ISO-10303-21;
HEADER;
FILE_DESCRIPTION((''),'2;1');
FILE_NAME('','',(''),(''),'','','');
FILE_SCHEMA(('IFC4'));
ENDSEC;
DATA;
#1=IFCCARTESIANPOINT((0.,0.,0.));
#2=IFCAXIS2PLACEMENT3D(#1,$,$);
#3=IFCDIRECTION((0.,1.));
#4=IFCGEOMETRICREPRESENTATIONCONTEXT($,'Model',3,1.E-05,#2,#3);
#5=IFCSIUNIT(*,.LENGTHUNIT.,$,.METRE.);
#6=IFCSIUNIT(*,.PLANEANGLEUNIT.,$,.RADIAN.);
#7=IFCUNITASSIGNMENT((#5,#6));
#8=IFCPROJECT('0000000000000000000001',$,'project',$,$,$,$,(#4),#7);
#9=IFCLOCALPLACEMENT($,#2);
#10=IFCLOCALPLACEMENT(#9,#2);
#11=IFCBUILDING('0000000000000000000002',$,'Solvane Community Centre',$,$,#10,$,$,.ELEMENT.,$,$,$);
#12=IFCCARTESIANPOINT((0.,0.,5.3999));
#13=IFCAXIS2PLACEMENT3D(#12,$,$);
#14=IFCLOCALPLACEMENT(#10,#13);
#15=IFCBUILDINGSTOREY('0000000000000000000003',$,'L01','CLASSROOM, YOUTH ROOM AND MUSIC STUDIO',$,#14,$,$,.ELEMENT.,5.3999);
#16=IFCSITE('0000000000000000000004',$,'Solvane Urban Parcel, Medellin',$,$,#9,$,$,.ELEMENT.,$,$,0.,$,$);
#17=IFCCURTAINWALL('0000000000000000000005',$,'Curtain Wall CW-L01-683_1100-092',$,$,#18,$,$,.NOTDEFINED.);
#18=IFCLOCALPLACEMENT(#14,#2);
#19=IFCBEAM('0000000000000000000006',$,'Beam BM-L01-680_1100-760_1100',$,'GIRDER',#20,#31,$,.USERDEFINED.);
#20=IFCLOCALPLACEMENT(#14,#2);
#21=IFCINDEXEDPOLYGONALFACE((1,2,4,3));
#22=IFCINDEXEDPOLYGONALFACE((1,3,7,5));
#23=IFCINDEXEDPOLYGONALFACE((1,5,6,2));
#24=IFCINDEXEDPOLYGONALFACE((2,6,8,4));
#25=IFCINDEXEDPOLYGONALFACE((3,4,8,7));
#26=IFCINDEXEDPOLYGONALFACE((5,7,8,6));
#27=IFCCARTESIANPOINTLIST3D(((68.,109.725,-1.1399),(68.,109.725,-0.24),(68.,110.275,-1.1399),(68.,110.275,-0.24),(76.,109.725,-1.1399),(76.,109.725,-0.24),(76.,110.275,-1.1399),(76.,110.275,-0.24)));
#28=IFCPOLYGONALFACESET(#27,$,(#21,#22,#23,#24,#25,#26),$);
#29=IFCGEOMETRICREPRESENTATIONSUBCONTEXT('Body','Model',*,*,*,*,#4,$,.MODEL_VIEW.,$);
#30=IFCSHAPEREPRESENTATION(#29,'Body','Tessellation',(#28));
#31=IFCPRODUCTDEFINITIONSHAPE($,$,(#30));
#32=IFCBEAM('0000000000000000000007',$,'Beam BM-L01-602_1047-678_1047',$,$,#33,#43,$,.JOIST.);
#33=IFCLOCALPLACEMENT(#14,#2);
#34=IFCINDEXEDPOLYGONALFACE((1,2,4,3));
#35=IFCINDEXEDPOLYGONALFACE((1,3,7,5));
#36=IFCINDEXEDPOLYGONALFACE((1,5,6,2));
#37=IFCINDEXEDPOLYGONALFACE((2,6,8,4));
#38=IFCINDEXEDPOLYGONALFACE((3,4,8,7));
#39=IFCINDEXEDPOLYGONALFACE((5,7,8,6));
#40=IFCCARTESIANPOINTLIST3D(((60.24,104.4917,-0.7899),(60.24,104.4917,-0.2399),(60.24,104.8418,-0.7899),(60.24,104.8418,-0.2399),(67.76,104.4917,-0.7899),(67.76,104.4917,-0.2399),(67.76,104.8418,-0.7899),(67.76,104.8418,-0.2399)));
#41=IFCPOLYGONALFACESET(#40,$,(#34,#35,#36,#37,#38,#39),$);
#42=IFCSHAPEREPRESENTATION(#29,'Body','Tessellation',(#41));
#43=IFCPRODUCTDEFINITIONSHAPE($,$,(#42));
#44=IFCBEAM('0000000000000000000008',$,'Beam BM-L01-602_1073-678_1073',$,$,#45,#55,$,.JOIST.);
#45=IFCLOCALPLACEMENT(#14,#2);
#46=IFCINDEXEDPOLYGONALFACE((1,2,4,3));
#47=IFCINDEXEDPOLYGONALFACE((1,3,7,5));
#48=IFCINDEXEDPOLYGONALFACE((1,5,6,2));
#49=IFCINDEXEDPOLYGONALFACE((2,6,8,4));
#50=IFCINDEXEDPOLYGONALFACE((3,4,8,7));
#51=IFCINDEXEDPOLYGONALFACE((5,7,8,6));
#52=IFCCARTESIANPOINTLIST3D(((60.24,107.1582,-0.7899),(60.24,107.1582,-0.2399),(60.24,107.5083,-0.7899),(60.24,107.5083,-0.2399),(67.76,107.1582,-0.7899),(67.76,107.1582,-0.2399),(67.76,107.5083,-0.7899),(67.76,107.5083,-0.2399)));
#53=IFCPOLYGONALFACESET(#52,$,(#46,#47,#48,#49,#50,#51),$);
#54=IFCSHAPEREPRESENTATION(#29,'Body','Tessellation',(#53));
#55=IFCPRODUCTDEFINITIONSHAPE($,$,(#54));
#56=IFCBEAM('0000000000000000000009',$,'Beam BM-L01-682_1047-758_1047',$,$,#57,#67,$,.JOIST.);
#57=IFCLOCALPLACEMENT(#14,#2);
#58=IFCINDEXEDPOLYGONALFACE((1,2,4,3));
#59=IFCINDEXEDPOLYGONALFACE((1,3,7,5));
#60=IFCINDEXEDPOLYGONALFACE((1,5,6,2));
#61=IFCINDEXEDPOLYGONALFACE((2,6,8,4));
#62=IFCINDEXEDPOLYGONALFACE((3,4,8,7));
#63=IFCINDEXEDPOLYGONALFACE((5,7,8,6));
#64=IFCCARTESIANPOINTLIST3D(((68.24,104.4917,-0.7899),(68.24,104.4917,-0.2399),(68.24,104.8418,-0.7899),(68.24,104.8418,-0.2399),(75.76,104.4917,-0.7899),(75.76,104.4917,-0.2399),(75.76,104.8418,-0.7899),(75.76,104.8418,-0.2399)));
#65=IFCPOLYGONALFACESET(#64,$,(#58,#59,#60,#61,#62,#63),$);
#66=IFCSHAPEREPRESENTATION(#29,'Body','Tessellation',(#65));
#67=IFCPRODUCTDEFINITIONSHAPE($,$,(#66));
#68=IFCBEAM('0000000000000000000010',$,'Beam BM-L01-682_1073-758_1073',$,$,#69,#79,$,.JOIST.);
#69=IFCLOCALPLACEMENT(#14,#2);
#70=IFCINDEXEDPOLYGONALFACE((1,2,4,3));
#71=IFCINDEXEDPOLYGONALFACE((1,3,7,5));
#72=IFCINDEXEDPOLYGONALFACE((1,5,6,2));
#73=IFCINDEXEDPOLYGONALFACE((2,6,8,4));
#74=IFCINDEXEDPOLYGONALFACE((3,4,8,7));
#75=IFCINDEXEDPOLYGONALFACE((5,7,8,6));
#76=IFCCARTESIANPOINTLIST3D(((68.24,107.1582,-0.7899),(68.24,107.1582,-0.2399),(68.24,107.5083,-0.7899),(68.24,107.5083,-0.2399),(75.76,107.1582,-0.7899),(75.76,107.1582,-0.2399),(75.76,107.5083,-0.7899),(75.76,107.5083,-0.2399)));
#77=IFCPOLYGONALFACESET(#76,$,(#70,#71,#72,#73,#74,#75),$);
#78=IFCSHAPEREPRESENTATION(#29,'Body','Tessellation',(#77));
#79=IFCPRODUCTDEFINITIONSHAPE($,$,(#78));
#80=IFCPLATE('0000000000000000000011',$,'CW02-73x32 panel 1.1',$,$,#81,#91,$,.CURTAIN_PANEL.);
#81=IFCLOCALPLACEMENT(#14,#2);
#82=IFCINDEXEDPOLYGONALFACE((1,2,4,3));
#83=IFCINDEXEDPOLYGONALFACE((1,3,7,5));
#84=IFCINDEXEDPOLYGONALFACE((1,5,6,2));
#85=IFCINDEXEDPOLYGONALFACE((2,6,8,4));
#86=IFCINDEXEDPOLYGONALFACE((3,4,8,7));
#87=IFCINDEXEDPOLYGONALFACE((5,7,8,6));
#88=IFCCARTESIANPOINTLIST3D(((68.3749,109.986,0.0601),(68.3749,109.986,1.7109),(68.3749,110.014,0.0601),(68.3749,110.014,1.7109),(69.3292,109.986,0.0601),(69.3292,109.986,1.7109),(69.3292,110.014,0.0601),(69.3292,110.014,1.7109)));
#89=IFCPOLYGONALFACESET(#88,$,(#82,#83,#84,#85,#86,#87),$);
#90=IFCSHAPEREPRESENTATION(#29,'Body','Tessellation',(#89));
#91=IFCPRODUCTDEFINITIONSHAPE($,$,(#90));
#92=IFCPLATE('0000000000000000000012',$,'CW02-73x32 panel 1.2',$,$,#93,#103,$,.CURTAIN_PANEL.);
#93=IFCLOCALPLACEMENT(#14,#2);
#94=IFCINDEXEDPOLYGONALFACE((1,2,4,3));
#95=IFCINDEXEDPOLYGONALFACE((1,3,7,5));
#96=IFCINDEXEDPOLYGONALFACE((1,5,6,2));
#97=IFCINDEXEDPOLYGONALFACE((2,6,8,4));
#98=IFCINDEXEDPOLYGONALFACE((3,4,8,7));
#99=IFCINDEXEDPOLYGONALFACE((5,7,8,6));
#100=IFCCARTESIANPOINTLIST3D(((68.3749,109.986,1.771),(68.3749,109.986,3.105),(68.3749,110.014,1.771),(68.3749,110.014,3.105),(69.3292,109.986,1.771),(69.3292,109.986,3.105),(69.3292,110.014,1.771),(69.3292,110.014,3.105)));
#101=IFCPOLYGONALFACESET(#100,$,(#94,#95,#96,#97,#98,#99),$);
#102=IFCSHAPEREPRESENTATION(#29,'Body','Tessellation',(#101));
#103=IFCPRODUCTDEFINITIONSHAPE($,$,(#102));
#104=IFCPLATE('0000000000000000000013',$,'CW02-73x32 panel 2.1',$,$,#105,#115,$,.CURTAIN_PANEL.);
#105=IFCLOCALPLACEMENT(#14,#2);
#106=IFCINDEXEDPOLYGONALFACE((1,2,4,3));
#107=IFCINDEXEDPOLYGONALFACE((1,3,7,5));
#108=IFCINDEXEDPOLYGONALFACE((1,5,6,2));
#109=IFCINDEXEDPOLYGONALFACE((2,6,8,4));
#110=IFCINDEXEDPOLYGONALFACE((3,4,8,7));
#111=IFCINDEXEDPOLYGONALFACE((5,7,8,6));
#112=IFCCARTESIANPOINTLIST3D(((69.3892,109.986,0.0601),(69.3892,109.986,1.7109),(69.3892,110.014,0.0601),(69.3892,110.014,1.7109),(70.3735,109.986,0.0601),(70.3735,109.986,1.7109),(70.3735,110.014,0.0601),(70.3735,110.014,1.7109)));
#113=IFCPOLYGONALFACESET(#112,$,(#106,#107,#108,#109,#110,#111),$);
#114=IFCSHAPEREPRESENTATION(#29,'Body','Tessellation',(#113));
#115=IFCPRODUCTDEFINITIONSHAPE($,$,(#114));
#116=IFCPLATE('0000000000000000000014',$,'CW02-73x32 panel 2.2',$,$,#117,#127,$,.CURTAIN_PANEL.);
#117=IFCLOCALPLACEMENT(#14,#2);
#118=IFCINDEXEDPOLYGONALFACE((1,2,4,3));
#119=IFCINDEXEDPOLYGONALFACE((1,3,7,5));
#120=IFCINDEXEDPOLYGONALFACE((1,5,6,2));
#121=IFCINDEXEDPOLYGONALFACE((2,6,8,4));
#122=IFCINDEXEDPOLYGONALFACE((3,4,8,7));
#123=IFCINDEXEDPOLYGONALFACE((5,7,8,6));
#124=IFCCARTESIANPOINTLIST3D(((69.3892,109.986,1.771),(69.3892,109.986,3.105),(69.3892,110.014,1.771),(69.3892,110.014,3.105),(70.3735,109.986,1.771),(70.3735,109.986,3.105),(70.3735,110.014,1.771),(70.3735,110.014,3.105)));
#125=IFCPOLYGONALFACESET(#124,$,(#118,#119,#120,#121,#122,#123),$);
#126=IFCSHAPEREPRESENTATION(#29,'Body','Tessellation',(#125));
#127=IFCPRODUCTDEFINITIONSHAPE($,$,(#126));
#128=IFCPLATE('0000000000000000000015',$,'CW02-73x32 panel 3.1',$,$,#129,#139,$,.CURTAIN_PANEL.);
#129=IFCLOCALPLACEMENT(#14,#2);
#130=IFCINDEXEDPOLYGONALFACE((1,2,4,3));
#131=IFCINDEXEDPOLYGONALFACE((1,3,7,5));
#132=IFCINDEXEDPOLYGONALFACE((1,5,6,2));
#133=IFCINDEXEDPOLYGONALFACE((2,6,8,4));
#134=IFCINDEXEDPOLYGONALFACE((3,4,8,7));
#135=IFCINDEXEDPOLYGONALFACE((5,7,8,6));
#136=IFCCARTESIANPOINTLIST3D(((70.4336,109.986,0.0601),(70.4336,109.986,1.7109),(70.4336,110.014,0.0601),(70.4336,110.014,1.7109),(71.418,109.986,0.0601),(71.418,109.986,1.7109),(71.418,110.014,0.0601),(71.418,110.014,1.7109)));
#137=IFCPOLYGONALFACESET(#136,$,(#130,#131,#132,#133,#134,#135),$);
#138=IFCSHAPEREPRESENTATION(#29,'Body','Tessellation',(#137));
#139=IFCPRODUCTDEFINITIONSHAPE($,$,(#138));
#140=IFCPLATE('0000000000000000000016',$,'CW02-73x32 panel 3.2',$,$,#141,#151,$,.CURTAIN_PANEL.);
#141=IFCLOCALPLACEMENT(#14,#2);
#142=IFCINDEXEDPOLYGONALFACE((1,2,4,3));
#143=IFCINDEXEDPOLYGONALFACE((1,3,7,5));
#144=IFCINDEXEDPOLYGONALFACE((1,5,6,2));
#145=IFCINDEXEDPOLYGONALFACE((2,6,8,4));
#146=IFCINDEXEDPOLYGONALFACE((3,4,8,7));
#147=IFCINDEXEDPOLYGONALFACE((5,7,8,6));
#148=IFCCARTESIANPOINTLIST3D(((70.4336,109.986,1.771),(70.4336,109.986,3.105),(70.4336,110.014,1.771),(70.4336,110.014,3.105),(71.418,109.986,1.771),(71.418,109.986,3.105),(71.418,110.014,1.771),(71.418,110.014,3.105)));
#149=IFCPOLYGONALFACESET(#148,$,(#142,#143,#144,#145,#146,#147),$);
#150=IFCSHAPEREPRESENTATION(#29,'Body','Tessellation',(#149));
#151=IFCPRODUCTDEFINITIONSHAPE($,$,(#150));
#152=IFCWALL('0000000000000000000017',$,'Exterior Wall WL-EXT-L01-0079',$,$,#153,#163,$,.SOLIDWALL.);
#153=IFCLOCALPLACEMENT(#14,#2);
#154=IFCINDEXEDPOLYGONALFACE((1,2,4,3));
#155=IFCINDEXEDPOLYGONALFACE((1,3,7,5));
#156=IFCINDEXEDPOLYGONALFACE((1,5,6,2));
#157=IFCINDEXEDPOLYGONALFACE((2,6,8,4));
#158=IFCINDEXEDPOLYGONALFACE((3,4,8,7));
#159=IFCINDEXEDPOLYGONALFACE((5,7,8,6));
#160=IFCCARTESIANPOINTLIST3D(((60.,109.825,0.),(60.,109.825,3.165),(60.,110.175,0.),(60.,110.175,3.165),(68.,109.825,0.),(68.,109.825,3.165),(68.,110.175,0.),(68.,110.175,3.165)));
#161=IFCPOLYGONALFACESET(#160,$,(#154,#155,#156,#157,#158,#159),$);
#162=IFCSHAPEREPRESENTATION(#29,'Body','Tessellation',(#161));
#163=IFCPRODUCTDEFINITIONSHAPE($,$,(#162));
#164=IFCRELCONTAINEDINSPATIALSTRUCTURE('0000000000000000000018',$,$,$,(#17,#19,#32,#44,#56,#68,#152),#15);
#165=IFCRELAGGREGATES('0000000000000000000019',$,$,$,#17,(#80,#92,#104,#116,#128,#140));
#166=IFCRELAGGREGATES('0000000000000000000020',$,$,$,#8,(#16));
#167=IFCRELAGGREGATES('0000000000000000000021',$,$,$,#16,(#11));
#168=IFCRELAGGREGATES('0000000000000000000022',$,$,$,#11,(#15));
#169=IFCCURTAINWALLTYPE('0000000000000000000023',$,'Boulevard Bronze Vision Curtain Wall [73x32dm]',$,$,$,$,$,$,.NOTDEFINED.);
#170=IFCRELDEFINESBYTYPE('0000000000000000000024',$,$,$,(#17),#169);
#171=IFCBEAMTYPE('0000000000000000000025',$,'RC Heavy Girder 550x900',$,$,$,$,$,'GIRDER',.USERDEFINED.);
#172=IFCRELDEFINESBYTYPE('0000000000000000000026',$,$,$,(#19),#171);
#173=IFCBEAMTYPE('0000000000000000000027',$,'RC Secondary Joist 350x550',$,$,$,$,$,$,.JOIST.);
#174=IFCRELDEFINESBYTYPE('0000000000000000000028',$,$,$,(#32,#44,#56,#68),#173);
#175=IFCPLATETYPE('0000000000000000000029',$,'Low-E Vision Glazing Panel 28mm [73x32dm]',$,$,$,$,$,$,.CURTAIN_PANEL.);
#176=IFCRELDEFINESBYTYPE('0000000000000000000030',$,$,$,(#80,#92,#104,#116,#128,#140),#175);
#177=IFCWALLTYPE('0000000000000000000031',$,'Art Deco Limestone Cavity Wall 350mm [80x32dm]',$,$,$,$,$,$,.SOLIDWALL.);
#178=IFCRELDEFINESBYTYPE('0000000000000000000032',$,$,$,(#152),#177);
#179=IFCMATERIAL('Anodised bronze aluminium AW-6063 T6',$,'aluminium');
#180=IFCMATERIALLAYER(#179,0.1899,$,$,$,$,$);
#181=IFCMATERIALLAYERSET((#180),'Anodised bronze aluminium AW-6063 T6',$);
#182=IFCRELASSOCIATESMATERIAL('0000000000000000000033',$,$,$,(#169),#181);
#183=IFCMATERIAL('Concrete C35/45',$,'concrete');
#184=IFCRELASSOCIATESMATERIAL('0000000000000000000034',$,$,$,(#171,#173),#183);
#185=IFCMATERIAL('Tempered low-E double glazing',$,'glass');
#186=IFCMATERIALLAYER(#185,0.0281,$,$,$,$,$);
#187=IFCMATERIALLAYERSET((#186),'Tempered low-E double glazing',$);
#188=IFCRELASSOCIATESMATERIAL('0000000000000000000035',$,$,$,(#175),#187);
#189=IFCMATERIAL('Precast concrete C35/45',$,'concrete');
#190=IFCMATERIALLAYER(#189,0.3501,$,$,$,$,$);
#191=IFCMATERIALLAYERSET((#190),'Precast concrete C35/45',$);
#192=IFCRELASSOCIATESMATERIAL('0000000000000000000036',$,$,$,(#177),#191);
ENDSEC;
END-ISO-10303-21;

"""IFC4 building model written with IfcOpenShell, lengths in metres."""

from ifc_helpers import new_model, si_unit, direction, frame, frame_2d, origin, origin_2d, place, context, subcontext, project, spatial, rectangle, extrude, material, layer, layer_set, material_profile, profile_set, type_object, element, aggregate, save


model = new_model("IFC4")

# Units and contexts
model_context = context("Model", 3, precision=1e-05, world=origin(), true_north=direction((0.0, 1.0)))
body_context = subcontext(model_context, "Body", "Model", "MODEL_VIEW")
ifc_project = project(units=[si_unit("LENGTHUNIT", "METRE"), si_unit("PLANEANGLEUNIT", "RADIAN")], contexts=[model_context])

# Site, building, storey
site_placement = place(None, origin())
site = spatial("IfcSite", under=ifc_project, at=site_placement, Name="Solvane Urban Parcel, Medellin", CompositionType="ELEMENT", RefElevation=0.0)
building_placement = place(site_placement, origin())
building = spatial("IfcBuilding", under=site, at=building_placement, Name="Solvane Community Centre", CompositionType="ELEMENT")
storey_placement = place(building_placement, frame((0.0, 0.0, 5.3999)))
storey = spatial("IfcBuildingStorey", under=building, at=storey_placement, Name="L01", Description="CLASSROOM, YOUTH ROOM AND MUSIC STUDIO", CompositionType="ELEMENT", Elevation=5.3999)

# Shared definitions
ifc_material_1 = material(Name="Concrete C35/45", Category="concrete")

# Curtain wall
ifc_material_2 = material(Name="Anodised bronze aluminium AW-6063 T6", Category="aluminium")
ifc_layer_1 = layer(ifc_material_2, 0.1899)
ifc_layer_set_1 = layer_set([ifc_layer_1], Name="Anodised bronze aluminium AW-6063 T6")
curtain_wall_type = type_object("IfcCurtainWallType", Name="Boulevard Bronze Vision Curtain Wall [73x32dm]", PredefinedType="NOTDEFINED", material=ifc_layer_set_1)
curtain_wall_placement = place(storey_placement, origin())
curtain_wall = element("IfcCurtainWall", 1, at=curtain_wall_placement, inside=storey, type_object=curtain_wall_type, Name="Curtain Wall CW-L01-683_1100-092", PredefinedType="NOTDEFINED")

# Beams
ifc_material_profile_1 = material_profile(ifc_material_1, rectangle(XDim=0.55, YDim=0.8999, at=origin_2d()), Name="RC 550x900")
ifc_profile_set_1 = profile_set([ifc_material_profile_1], Name="Concrete C35/45")
beam_type_1 = type_object("IfcBeamType", Name="RC Heavy Girder 550x900", ElementType="GIRDER", PredefinedType="USERDEFINED", material=ifc_profile_set_1)
beam_placement = place(storey_placement, frame((68.0, 110.0, -0.6899), z_axis=(1.0, 0.0, 0.0), x_axis=(0.0, 1.0, 0.0)))
element("IfcBeam", 2, at=beam_placement, inside=storey, type_object=beam_type_1, Name="Beam BM-L01-680_1100-760_1100", ObjectType="GIRDER", PredefinedType="USERDEFINED", context=body_context, shape_type="SweptSolid", body=[
    extrude(rectangle(XDim=0.55, YDim=0.8999, at=origin_2d()), origin(), (0.0, 0.0, 1.0), 8.0),
])
ifc_material_profile_2 = material_profile(ifc_material_1, rectangle(XDim=0.3501, YDim=0.55, at=origin_2d()), Name="RC 350x550")
ifc_profile_set_2 = profile_set([ifc_material_profile_2], Name="Concrete C35/45")
beam_type_2 = type_object("IfcBeamType", Name="RC Secondary Joist 350x550", PredefinedType="JOIST", material=ifc_profile_set_2)
for number, where, z_axis, x_axis, name in (
    (3, (60.24, 104.6667, -0.5149), (1.0, 0.0, 0.0), (0.0, 1.0, 0.0), "Beam BM-L01-602_1047-678_1047"),
    (4, (60.24, 107.3333, -0.5149), (1.0, 0.0, 0.0), (0.0, 1.0, 0.0), "Beam BM-L01-602_1073-678_1073"),
    (5, (68.24, 104.6667, -0.5149), (1.0, 0.0, 0.0), (0.0, 1.0, 0.0), "Beam BM-L01-682_1047-758_1047"),
    (6, (68.24, 107.3333, -0.5149), (1.0, 0.0, 0.0), (0.0, 1.0, 0.0), "Beam BM-L01-682_1073-758_1073"),
):
    element("IfcBeam", number, at=place(storey_placement, frame(where, z_axis=z_axis, x_axis=x_axis)), inside=storey, type_object=beam_type_2, Name=name, PredefinedType="JOIST", context=body_context, shape_type="SweptSolid", body=[
        extrude(rectangle(XDim=0.3501, YDim=0.55, at=origin_2d()), origin(), (0.0, 0.0, 1.0), 7.52),
    ])

# Plates
ifc_material_3 = material(Name="Tempered low-E double glazing", Category="glass")
ifc_layer_2 = layer(ifc_material_3, 0.0281)
ifc_layer_set_2 = layer_set([ifc_layer_2], Name="Tempered low-E double glazing")
plate_type = type_object("IfcPlateType", Name="Low-E Vision Glazing Panel 28mm [73x32dm]", PredefinedType="CURTAIN_PANEL", material=ifc_layer_set_2)
plate_1_placement = place(storey_placement, frame((68.8521, 110.0, 0.0601), z_axis=(0.0, 0.0, 1.0), x_axis=(1.0, 0.0, 0.0)))
plate_1 = element("IfcPlate", 7, at=plate_1_placement, type_object=plate_type, Name="CW02-73x32 panel 1.1", PredefinedType="CURTAIN_PANEL", context=body_context, shape_type="SweptSolid", body=[
    extrude(rectangle(XDim=0.9543, YDim=0.0281, at=origin_2d()), origin(), (0.0, 0.0, 1.0), 1.6509),
])
plate_2_placement = place(storey_placement, frame((68.8521, 110.0, 1.771), z_axis=(0.0, 0.0, 1.0), x_axis=(1.0, 0.0, 0.0)))
plate_2 = element("IfcPlate", 8, at=plate_2_placement, type_object=plate_type, Name="CW02-73x32 panel 1.2", PredefinedType="CURTAIN_PANEL", context=body_context, shape_type="SweptSolid", body=[
    extrude(rectangle(XDim=0.9543, YDim=0.0281, at=origin_2d()), origin(), (0.0, 0.0, 1.0), 1.334),
])
plate_3_placement = place(storey_placement, frame((69.8813, 110.0, 0.0601), z_axis=(0.0, 0.0, 1.0), x_axis=(1.0, 0.0, 0.0)))
plate_3 = element("IfcPlate", 9, at=plate_3_placement, type_object=plate_type, Name="CW02-73x32 panel 2.1", PredefinedType="CURTAIN_PANEL", context=body_context, shape_type="SweptSolid", body=[
    extrude(rectangle(XDim=0.9844, YDim=0.0281, at=origin_2d()), origin(), (0.0, 0.0, 1.0), 1.6509),
])
plate_4_placement = place(storey_placement, frame((69.8813, 110.0, 1.771), z_axis=(0.0, 0.0, 1.0), x_axis=(1.0, 0.0, 0.0)))
plate_4 = element("IfcPlate", 10, at=plate_4_placement, type_object=plate_type, Name="CW02-73x32 panel 2.2", PredefinedType="CURTAIN_PANEL", context=body_context, shape_type="SweptSolid", body=[
    extrude(rectangle(XDim=0.9844, YDim=0.0281, at=origin_2d()), origin(), (0.0, 0.0, 1.0), 1.334),
])
plate_5_placement = place(storey_placement, frame((70.9258, 110.0, 0.0601), z_axis=(0.0, 0.0, 1.0), x_axis=(1.0, 0.0, 0.0)))
plate_5 = element("IfcPlate", 11, at=plate_5_placement, type_object=plate_type, Name="CW02-73x32 panel 3.1", PredefinedType="CURTAIN_PANEL", context=body_context, shape_type="SweptSolid", body=[
    extrude(rectangle(XDim=0.9844, YDim=0.0281, at=origin_2d()), origin(), (0.0, 0.0, 1.0), 1.6509),
])
plate_6_placement = place(storey_placement, frame((70.9258, 110.0, 1.771), z_axis=(0.0, 0.0, 1.0), x_axis=(1.0, 0.0, 0.0)))
plate_6 = element("IfcPlate", 12, at=plate_6_placement, type_object=plate_type, Name="CW02-73x32 panel 3.2", PredefinedType="CURTAIN_PANEL", context=body_context, shape_type="SweptSolid", body=[
    extrude(rectangle(XDim=0.9844, YDim=0.0281, at=origin_2d()), origin(), (0.0, 0.0, 1.0), 1.334),
])
aggregate(curtain_wall, [plate_1, plate_2, plate_3, plate_4, plate_5, plate_6])

# Wall
ifc_material_4 = material(Name="Precast concrete C35/45", Category="concrete")
ifc_layer_3 = layer(ifc_material_4, 0.3501)
ifc_layer_set_3 = layer_set([ifc_layer_3], Name="Precast concrete C35/45")
wall_type = type_object("IfcWallType", Name="Art Deco Limestone Cavity Wall 350mm [80x32dm]", PredefinedType="SOLIDWALL", material=ifc_layer_set_3)
wall_placement = place(storey_placement, frame((60.0, 110.0, 0.0), z_axis=(0.0, 0.0, 1.0), x_axis=(1.0, 0.0, 0.0)))
element("IfcWall", 13, at=wall_placement, inside=storey, type_object=wall_type, Name="Exterior Wall WL-EXT-L01-0079", PredefinedType="SOLIDWALL", context=body_context, shape_type="SweptSolid", body=[
    extrude(rectangle(XDim=8.0, YDim=0.3501, at=frame_2d((4.0, 0.0))), origin(), (0.0, 0.0, 1.0), 3.165),
])

save(model, "model.ifc")
